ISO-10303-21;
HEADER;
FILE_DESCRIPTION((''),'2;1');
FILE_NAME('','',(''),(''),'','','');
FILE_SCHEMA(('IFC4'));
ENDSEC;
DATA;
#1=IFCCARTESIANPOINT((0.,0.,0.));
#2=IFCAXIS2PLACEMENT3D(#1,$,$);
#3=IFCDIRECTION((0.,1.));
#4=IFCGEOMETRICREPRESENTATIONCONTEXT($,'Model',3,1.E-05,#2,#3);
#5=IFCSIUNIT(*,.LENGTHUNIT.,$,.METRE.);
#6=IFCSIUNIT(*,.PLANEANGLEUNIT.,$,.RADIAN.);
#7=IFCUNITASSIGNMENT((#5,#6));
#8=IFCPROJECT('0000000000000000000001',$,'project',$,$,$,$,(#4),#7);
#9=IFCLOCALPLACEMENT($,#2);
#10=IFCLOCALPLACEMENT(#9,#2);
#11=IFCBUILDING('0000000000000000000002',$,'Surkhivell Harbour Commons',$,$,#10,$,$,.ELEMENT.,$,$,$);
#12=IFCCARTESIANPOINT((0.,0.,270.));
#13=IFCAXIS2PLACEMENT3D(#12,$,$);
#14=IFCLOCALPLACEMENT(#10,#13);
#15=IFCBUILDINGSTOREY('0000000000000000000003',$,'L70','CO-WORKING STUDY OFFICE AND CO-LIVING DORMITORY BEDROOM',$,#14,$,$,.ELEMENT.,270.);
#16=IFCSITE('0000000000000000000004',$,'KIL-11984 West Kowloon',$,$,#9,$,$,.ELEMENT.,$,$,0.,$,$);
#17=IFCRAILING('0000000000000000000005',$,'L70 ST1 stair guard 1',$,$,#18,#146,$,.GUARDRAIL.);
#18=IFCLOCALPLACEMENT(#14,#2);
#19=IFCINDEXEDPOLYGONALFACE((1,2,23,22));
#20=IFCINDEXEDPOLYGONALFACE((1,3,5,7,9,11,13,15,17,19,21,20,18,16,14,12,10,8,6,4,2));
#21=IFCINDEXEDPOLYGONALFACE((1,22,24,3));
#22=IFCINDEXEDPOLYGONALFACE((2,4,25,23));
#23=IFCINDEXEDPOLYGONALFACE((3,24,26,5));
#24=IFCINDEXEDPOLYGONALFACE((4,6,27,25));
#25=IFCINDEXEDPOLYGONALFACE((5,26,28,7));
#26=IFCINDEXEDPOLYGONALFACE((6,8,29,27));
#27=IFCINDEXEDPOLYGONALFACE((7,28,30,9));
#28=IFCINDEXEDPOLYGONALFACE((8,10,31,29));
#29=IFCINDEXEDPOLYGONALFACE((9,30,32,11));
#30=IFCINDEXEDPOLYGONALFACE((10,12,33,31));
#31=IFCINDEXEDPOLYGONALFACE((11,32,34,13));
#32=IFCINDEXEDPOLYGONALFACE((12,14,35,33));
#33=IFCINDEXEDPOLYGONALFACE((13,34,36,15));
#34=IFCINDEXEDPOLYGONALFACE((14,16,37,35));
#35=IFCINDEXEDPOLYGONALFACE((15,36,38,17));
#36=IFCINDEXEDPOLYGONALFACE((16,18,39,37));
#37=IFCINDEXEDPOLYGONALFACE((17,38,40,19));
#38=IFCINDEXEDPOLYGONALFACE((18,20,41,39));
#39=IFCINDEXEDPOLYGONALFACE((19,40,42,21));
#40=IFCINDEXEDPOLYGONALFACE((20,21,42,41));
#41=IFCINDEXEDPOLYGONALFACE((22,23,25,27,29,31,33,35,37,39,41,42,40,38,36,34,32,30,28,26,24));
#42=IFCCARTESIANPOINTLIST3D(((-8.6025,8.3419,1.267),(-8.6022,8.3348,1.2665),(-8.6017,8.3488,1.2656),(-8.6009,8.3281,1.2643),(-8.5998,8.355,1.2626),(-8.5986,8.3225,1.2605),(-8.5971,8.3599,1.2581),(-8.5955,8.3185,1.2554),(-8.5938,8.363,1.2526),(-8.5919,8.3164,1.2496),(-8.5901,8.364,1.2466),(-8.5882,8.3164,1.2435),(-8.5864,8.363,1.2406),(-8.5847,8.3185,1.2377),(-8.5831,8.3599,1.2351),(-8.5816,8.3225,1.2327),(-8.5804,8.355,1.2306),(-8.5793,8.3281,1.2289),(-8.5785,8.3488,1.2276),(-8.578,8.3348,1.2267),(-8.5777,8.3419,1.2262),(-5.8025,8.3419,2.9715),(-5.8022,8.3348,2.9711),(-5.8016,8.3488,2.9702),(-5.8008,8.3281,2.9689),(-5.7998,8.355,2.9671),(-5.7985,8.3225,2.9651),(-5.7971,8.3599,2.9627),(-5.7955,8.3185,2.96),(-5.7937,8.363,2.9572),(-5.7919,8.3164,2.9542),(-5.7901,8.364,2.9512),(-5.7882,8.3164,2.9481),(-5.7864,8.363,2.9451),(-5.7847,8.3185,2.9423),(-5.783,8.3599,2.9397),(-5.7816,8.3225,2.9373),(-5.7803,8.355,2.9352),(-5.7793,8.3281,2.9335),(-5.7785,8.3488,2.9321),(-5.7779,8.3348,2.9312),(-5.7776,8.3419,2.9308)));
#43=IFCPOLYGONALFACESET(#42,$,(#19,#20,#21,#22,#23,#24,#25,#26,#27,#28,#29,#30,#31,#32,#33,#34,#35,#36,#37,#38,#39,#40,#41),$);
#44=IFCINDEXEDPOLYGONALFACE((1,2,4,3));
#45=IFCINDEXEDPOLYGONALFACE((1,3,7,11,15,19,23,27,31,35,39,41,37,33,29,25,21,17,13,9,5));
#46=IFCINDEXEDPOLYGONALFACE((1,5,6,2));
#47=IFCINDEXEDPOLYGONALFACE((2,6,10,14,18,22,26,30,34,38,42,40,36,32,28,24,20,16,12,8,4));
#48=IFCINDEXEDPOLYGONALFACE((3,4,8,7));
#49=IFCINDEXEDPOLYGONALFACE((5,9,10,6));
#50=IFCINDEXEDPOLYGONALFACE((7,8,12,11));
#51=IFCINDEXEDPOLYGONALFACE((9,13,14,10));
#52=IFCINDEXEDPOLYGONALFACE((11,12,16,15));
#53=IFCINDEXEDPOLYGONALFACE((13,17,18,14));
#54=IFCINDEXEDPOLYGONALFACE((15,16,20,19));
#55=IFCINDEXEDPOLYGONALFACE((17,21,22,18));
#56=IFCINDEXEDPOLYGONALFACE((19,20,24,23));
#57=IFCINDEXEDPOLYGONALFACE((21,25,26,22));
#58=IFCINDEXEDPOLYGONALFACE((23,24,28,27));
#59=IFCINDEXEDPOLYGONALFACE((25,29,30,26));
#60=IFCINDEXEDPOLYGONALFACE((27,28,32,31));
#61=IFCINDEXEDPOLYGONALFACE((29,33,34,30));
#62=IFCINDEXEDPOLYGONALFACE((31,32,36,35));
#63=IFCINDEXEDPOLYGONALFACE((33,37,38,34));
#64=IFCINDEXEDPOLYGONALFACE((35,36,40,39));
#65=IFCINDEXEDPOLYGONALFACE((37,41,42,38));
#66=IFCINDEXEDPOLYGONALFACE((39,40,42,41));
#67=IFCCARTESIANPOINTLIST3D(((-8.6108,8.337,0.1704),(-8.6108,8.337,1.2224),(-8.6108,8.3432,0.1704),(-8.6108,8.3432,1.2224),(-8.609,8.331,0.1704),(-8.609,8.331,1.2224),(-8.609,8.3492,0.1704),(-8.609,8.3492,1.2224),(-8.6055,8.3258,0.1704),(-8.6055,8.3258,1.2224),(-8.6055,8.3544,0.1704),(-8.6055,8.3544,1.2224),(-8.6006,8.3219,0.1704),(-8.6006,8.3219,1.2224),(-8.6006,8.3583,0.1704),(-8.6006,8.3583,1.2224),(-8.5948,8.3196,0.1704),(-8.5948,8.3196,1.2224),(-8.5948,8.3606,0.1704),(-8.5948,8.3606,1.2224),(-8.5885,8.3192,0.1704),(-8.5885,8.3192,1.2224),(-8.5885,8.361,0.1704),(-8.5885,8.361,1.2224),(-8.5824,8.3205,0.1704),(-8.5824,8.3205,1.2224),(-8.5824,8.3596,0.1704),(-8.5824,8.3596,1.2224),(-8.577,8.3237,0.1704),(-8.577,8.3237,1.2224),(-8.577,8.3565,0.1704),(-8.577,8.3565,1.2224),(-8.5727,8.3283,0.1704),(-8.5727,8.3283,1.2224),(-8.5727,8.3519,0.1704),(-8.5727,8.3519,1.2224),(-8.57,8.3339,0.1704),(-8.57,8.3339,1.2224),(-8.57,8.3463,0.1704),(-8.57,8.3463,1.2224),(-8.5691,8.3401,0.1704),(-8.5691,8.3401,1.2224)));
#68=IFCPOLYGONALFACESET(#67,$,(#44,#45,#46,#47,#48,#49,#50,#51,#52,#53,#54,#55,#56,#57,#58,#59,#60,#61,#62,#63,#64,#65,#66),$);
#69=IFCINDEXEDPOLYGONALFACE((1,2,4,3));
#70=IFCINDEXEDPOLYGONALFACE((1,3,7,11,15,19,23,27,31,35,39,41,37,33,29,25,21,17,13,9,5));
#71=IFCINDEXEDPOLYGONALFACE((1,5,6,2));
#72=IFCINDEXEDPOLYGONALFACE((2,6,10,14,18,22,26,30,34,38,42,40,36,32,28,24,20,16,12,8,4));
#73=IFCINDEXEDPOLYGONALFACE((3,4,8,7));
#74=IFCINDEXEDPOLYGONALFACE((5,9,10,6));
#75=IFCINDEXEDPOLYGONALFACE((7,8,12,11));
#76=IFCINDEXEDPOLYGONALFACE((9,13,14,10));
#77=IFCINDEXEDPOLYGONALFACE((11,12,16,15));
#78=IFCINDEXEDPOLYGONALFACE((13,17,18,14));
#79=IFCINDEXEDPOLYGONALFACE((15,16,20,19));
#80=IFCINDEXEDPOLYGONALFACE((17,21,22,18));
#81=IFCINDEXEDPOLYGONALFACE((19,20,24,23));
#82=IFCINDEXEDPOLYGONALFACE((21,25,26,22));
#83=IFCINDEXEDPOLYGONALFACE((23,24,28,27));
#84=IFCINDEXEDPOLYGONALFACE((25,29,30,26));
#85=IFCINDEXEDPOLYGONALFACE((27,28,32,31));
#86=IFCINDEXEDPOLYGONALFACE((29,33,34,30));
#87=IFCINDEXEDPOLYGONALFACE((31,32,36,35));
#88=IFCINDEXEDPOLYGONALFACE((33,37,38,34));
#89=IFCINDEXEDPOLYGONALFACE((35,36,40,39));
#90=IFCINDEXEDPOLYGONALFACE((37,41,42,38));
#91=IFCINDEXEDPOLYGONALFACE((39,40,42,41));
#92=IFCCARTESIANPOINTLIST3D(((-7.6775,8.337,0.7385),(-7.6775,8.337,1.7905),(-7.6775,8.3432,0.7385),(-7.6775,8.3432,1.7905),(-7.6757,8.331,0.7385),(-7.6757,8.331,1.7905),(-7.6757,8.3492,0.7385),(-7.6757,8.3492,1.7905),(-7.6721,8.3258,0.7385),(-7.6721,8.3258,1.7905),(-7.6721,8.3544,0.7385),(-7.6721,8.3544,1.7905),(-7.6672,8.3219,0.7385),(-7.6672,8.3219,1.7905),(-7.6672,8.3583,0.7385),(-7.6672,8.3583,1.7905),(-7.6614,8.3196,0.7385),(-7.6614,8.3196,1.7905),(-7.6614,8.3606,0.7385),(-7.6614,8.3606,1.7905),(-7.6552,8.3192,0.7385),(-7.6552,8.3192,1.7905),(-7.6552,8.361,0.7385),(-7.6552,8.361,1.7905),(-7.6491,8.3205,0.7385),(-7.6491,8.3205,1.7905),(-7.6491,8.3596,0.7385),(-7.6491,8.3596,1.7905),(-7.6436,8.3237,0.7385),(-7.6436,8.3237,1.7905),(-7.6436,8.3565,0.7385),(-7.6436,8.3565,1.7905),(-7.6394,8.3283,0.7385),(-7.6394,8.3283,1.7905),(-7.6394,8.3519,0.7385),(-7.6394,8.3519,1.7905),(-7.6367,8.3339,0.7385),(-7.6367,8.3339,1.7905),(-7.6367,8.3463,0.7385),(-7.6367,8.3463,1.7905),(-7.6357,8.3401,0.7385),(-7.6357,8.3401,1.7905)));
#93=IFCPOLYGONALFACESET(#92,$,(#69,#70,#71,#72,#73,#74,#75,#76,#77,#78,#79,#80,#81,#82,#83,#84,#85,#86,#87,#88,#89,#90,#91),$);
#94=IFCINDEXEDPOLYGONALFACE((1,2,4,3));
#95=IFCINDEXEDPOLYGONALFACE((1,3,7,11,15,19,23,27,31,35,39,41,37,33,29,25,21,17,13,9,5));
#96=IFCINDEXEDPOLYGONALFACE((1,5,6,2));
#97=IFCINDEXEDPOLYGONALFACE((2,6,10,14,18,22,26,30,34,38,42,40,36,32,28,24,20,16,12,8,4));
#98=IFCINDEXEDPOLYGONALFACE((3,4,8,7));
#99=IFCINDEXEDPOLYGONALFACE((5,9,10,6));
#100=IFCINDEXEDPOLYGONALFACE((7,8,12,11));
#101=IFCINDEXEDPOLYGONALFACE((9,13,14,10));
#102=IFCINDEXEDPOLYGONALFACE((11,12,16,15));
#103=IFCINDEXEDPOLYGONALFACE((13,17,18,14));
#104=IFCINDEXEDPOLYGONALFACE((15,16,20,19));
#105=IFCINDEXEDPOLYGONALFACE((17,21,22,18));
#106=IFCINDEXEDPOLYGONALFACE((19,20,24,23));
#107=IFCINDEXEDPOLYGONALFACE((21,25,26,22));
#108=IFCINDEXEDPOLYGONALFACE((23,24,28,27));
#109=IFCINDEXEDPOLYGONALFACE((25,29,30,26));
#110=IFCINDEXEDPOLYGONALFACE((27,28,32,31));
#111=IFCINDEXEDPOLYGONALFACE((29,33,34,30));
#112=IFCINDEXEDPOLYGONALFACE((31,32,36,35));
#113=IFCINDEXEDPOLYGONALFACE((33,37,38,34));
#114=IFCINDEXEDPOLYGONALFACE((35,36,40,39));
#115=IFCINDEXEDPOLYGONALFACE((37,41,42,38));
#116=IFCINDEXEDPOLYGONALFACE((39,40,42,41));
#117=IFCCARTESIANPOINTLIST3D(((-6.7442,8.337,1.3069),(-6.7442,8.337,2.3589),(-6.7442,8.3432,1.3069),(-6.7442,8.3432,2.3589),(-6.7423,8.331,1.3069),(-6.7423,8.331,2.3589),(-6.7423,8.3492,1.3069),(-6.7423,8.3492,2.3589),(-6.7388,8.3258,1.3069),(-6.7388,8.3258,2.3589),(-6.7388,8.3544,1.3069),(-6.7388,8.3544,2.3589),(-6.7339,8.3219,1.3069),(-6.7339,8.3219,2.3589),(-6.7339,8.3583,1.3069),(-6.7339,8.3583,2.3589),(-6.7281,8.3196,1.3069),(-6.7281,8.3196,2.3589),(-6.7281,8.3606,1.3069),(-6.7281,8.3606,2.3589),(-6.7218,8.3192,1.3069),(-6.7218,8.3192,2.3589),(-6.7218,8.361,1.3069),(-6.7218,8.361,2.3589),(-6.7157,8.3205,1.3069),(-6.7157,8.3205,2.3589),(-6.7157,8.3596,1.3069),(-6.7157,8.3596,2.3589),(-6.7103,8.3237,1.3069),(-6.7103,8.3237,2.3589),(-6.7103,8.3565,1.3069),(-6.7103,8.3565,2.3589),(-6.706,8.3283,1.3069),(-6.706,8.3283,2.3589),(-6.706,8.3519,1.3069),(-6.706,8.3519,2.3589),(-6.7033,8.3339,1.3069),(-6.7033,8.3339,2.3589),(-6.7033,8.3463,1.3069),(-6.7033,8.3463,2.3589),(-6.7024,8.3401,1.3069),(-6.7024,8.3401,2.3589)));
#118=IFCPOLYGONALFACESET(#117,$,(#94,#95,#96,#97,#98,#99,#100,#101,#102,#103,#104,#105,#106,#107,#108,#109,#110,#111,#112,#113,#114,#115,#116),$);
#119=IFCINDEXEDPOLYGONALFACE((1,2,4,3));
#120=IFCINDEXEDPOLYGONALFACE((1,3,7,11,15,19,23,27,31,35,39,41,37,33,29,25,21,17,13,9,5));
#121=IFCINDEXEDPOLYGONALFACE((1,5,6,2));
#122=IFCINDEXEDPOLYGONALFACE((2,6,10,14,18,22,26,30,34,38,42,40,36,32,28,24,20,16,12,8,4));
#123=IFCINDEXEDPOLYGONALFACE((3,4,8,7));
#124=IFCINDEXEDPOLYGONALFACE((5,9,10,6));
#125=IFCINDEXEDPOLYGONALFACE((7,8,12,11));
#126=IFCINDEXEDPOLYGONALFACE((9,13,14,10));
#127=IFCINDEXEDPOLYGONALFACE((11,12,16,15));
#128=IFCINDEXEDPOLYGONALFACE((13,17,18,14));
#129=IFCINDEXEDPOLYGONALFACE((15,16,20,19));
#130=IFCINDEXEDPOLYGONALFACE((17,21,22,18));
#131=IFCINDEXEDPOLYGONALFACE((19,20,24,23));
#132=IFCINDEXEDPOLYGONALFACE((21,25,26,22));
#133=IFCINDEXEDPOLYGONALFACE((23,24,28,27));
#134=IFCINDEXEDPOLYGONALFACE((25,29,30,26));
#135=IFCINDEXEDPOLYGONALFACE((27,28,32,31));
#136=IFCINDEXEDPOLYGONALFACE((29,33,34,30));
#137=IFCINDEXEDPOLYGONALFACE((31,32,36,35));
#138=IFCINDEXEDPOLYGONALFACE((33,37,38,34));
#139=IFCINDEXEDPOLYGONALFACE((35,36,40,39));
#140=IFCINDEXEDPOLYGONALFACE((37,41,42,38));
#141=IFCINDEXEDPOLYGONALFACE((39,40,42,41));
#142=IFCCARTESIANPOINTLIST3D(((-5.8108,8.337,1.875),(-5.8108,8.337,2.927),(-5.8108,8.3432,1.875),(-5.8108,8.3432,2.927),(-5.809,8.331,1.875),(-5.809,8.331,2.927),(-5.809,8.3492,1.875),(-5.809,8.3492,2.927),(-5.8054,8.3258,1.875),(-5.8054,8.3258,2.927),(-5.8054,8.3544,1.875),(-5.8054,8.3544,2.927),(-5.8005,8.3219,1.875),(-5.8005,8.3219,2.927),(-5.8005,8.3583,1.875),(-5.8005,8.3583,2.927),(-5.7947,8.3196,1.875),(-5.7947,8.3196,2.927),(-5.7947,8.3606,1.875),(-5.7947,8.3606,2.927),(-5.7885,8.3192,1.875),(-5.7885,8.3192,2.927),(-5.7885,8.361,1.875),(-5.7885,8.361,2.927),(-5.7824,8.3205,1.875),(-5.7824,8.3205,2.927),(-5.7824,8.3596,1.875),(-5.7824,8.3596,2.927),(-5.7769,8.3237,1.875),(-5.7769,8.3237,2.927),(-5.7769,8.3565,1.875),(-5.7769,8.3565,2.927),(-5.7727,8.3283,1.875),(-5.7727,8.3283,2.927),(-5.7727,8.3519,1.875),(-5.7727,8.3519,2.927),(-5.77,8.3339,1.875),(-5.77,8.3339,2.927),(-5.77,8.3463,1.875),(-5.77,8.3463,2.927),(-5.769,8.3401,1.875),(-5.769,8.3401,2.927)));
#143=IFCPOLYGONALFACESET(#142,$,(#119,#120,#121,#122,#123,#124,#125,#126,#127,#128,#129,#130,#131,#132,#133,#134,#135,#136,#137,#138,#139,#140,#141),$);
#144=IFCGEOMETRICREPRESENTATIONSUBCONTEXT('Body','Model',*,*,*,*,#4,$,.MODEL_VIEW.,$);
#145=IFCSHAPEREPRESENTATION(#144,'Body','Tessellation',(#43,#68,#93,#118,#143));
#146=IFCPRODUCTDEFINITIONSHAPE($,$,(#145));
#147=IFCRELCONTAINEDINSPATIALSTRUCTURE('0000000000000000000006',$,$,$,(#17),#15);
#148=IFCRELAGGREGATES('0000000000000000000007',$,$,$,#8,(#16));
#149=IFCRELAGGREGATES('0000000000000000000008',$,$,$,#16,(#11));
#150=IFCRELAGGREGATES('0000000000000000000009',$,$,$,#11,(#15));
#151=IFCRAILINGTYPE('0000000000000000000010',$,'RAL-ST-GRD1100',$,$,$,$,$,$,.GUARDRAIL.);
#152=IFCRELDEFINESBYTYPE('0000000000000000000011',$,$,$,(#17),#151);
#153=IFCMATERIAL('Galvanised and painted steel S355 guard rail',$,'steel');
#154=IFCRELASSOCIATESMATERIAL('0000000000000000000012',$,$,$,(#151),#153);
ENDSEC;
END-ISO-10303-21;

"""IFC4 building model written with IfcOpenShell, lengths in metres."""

from ifc_helpers import new_model, si_unit, direction, frame, origin, origin_2d, place, context, subcontext, project, spatial, circle, extrude, material, type_object, element, save


model = new_model("IFC4")

# Units and contexts
model_context = context("Model", 3, precision=1e-05, world=origin(), true_north=direction((0.0, 1.0)))
body_context = subcontext(model_context, "Body", "Model", "MODEL_VIEW")
ifc_project = project(units=[si_unit("LENGTHUNIT", "METRE"), si_unit("PLANEANGLEUNIT", "RADIAN")], contexts=[model_context])

# Site, building, storey
site_placement = place(None, origin())
site = spatial("IfcSite", under=ifc_project, at=site_placement, Name="KIL-11984 West Kowloon", CompositionType="ELEMENT", RefElevation=0.0)
building_placement = place(site_placement, origin())
building = spatial("IfcBuilding", under=site, at=building_placement, Name="Surkhivell Harbour Commons", CompositionType="ELEMENT")
storey_placement = place(building_placement, frame((0.0, 0.0, 270.0)))
storey = spatial("IfcBuildingStorey", under=building, at=storey_placement, Name="L70", Description="CO-WORKING STUDY OFFICE AND CO-LIVING DORMITORY BEDROOM", CompositionType="ELEMENT", Elevation=270.0)

# Railing
ifc_material_1 = material(Name="Galvanised and painted steel S355 guard rail", Category="steel")
railing_type_1 = type_object("IfcRailingType", Name="RAL-ST-GRD1100", PredefinedType="GUARDRAIL", material=ifc_material_1)
railing_1_placement = place(storey_placement, frame((-8.5901, 8.3401, 0.1704)))
element("IfcRailing", 1, at=railing_1_placement, inside=storey, type_object=railing_type_1, Name="L70 ST1 stair guard 1", PredefinedType="GUARDRAIL", context=body_context, shape_type="SweptSolid", body=[
    extrude(circle(Radius=0.0239, at=origin_2d()), frame((0.0, 0.0, 1.0762), z_axis=(0.85417, 0.0, 0.519994), x_axis=(0.0, 1.0, 0.0)), (0.0, 0.0, 1.0), 3.2781),
    extrude(circle(Radius=0.021, at=origin_2d()), origin(), (0.0, 0.0, 1.0), 1.052),
    extrude(circle(Radius=0.021, at=origin_2d()), frame((0.9333, 0.0, 0.5681)), (0.0, 0.0, 1.0), 1.052),
    extrude(circle(Radius=0.021, at=origin_2d()), frame((1.8667, 0.0, 1.1365)), (0.0, 0.0, 1.0), 1.052),
    extrude(circle(Radius=0.021, at=origin_2d()), frame((2.8, 0.0, 1.7046)), (0.0, 0.0, 1.0), 1.052),
])

save(model, "model.ifc")
